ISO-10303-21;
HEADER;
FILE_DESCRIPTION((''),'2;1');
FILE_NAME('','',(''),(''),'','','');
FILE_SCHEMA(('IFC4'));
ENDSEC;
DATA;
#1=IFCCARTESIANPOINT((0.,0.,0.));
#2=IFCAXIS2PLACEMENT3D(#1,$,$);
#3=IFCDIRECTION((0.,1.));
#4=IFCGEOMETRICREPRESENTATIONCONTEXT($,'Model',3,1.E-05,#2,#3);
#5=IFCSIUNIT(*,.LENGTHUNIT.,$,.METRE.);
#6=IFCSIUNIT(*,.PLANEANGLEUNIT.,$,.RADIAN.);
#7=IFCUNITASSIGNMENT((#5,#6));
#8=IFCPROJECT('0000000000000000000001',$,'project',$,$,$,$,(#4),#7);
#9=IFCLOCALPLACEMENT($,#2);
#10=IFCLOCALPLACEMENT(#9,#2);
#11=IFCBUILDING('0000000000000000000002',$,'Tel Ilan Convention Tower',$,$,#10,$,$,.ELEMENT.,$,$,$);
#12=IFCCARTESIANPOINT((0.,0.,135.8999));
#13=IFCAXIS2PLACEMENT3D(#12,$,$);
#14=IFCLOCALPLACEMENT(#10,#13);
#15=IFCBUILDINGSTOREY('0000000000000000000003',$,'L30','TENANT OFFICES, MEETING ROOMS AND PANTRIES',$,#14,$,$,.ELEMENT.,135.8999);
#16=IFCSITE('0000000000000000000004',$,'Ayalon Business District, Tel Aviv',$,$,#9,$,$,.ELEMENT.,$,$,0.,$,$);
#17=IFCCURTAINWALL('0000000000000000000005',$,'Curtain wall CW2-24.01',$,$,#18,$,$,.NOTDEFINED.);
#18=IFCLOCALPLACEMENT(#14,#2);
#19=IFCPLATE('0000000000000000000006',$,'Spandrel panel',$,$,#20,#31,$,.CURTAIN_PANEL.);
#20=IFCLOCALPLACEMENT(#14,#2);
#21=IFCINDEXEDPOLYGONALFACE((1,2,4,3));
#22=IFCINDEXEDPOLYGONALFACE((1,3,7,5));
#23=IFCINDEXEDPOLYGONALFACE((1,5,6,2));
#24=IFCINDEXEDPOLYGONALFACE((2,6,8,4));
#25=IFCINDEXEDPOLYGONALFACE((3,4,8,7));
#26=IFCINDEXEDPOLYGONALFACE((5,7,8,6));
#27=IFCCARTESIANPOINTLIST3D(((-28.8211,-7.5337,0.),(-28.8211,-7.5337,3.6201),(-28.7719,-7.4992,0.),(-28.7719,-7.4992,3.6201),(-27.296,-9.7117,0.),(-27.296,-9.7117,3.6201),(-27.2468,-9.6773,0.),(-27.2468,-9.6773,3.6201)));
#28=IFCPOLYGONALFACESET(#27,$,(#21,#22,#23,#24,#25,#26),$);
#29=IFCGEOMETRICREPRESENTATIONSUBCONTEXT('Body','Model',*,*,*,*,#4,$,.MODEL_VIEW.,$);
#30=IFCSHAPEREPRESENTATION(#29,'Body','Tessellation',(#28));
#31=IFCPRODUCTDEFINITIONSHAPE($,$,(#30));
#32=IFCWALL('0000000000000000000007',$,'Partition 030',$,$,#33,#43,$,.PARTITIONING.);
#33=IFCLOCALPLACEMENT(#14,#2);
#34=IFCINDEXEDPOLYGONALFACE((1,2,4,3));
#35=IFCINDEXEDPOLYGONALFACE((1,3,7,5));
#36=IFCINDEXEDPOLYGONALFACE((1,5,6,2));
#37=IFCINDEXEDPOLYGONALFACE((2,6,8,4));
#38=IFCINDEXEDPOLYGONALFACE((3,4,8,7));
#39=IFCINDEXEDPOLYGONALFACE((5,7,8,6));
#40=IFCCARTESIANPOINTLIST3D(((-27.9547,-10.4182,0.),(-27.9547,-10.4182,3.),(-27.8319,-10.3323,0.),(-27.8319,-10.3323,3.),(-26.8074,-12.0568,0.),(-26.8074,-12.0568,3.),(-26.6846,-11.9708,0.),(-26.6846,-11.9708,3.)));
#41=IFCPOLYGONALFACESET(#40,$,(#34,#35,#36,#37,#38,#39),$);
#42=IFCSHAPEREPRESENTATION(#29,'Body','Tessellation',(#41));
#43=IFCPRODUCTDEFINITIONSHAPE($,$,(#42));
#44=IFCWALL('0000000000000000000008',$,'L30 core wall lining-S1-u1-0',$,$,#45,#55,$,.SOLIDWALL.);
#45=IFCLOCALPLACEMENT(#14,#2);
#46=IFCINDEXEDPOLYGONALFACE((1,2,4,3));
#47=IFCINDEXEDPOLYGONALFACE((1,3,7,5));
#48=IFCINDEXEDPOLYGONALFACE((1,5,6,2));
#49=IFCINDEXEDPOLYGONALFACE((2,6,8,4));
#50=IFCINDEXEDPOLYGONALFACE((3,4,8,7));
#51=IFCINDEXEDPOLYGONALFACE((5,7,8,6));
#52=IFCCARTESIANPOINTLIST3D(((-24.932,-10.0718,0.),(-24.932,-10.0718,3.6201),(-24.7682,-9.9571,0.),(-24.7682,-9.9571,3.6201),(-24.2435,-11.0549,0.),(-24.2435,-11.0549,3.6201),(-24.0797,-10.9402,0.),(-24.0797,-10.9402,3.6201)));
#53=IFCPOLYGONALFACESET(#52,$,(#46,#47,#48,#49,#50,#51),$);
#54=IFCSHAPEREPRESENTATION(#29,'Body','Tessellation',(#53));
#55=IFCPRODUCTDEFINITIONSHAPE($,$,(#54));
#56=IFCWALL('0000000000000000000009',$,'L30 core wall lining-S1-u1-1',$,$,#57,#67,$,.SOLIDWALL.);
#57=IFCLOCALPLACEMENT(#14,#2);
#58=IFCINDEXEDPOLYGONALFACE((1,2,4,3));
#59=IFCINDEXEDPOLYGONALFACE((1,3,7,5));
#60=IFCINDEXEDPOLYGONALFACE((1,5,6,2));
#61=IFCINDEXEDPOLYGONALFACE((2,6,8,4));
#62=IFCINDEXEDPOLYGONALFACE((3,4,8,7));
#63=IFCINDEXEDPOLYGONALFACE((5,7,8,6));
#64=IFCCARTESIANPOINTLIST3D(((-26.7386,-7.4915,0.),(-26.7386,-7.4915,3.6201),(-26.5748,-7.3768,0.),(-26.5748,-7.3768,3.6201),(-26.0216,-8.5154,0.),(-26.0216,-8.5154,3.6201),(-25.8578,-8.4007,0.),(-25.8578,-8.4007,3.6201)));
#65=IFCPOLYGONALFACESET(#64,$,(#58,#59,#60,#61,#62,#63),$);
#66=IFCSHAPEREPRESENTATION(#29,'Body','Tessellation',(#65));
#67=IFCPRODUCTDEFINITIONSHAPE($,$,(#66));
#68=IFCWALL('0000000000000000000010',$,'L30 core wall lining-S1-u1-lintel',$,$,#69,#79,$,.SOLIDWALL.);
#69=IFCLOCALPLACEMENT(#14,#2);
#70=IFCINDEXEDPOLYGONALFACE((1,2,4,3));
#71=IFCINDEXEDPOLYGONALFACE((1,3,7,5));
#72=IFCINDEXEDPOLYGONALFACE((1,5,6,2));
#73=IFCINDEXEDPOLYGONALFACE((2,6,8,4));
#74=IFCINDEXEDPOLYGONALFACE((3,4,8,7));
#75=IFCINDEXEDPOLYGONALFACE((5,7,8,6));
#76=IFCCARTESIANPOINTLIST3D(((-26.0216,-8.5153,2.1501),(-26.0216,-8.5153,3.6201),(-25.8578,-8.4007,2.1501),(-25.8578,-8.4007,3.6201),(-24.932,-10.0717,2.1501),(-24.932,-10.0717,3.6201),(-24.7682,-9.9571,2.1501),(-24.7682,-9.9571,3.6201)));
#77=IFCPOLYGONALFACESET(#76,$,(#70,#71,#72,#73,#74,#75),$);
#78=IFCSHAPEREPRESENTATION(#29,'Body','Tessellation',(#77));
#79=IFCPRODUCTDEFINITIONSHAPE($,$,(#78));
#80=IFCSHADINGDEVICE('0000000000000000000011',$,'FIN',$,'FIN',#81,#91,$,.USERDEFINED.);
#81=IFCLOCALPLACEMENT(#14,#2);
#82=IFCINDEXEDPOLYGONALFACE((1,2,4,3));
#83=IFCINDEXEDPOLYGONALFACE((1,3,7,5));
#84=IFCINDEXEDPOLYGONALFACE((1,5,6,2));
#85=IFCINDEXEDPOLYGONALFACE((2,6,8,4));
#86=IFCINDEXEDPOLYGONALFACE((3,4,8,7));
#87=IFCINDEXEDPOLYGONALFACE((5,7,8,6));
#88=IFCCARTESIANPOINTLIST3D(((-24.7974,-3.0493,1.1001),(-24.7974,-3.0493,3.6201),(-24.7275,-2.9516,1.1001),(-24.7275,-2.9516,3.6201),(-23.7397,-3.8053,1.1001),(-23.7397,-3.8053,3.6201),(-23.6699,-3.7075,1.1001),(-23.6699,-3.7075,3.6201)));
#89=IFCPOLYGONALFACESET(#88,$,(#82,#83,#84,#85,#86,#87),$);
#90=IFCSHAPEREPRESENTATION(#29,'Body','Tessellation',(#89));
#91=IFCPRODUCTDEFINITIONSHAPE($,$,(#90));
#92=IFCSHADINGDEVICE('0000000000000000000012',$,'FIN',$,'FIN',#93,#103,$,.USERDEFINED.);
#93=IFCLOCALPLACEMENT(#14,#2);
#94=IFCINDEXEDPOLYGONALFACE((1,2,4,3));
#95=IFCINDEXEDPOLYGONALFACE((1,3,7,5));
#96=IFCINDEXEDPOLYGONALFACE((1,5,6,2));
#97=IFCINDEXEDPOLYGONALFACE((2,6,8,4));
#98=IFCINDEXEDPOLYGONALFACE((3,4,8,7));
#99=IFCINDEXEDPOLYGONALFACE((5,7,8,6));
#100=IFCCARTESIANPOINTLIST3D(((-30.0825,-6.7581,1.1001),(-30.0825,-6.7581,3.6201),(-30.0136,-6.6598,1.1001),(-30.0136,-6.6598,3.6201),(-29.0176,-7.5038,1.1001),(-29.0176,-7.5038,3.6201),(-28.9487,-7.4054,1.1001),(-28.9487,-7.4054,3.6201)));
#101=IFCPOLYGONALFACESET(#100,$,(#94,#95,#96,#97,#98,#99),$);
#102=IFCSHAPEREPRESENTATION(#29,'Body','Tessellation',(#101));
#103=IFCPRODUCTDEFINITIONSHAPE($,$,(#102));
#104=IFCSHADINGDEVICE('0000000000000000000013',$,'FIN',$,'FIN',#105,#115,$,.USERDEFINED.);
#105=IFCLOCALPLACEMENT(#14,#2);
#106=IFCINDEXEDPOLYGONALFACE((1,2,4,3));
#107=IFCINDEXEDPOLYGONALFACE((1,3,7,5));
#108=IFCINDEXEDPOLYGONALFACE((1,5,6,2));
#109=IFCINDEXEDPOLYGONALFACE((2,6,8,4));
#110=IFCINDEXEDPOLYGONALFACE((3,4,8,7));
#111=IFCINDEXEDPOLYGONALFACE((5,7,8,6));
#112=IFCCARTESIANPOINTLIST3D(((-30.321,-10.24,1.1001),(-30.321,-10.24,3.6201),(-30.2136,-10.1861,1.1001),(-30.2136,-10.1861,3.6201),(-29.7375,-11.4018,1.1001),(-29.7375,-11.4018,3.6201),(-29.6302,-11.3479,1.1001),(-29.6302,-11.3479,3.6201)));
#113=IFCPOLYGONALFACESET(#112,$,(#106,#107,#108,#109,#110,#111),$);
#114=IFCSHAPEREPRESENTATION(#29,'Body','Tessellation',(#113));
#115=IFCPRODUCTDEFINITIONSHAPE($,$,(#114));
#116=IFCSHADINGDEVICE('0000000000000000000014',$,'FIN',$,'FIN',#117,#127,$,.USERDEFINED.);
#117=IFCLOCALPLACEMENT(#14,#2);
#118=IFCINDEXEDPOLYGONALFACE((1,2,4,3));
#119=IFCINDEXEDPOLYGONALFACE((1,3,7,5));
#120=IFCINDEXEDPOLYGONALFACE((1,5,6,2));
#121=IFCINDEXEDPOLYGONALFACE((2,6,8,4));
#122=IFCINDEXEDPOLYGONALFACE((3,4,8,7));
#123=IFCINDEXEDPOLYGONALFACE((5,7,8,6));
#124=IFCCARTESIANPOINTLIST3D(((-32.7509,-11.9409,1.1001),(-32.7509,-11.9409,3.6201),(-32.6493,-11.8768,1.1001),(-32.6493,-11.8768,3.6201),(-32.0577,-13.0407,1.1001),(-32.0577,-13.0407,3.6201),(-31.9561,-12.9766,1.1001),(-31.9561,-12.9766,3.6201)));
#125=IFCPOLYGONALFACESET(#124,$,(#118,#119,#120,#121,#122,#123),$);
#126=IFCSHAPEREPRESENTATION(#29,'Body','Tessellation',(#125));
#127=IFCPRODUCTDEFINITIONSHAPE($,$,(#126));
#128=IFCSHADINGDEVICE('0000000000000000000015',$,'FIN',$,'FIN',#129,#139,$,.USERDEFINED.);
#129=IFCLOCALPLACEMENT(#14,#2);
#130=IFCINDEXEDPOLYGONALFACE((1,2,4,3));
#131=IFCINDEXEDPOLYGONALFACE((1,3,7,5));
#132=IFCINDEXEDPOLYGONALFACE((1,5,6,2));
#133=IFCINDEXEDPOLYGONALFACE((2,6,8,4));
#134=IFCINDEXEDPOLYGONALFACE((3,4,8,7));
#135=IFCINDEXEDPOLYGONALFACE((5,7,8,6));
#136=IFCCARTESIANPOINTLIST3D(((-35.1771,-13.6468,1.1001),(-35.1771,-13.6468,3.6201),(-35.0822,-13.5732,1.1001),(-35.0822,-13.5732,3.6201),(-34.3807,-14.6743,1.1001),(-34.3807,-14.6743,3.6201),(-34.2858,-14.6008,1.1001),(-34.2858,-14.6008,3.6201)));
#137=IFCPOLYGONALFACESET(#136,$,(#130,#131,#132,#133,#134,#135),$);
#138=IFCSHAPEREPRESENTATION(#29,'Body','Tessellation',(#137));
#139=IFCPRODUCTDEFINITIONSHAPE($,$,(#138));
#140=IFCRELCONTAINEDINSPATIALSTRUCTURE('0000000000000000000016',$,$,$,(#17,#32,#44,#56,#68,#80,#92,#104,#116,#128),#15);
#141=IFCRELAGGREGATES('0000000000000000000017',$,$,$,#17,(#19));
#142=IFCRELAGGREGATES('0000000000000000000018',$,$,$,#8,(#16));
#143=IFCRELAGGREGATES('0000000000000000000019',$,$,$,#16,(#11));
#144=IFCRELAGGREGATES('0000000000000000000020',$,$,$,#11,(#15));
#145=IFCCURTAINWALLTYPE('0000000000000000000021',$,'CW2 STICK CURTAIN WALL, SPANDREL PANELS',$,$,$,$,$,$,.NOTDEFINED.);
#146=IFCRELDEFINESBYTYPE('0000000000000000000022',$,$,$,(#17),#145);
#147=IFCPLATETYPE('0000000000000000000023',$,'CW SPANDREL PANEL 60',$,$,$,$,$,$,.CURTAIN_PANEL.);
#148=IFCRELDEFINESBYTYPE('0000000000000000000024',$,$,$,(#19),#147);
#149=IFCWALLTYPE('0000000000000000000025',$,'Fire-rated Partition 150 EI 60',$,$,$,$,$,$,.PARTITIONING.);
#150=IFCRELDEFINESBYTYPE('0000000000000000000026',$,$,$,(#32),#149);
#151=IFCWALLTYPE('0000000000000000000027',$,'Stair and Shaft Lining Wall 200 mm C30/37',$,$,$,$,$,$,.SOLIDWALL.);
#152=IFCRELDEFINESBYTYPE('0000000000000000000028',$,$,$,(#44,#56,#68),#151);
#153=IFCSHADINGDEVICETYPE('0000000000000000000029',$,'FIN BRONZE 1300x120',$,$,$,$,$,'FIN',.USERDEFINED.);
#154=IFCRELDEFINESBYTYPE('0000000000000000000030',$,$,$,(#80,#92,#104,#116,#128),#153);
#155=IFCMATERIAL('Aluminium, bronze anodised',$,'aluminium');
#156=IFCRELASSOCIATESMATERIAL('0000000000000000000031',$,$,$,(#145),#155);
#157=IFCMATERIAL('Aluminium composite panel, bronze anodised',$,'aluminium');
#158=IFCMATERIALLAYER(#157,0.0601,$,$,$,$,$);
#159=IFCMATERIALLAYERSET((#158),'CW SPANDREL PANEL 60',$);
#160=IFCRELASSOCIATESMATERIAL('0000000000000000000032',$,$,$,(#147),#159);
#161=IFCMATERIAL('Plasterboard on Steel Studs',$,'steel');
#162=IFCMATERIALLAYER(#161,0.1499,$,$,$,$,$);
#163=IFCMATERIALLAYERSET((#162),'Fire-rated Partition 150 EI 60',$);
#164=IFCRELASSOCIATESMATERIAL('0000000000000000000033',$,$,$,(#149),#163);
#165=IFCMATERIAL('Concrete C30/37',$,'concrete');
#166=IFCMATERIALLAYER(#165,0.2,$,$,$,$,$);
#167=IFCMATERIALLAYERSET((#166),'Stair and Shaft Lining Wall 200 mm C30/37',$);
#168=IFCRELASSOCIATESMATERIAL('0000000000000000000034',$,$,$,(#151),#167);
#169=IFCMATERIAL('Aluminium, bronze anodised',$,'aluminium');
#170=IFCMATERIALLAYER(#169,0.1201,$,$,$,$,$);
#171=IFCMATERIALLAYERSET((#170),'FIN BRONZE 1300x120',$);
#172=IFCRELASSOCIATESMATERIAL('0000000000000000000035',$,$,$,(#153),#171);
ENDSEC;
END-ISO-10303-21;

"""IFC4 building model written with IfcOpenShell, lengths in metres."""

from ifc_helpers import new_model, si_unit, direction, frame, frame_2d, origin, origin_2d, place, context, subcontext, project, spatial, rectangle, extrude, material, layer, layer_set, type_object, element, aggregate, save


model = new_model("IFC4")

# Units and contexts
model_context = context("Model", 3, precision=1e-05, world=origin(), true_north=direction((0.0, 1.0)))
body_context = subcontext(model_context, "Body", "Model", "MODEL_VIEW")
ifc_project = project(units=[si_unit("LENGTHUNIT", "METRE"), si_unit("PLANEANGLEUNIT", "RADIAN")], contexts=[model_context])

# Site, building, storey
site_placement = place(None, origin())
site = spatial("IfcSite", under=ifc_project, at=site_placement, Name="Ayalon Business District, Tel Aviv", CompositionType="ELEMENT", RefElevation=0.0)
building_placement = place(site_placement, origin())
building = spatial("IfcBuilding", under=site, at=building_placement, Name="Tel Ilan Convention Tower", CompositionType="ELEMENT")
storey_placement = place(building_placement, frame((0.0, 0.0, 135.8999)))
storey = spatial("IfcBuildingStorey", under=building, at=storey_placement, Name="L30", Description="TENANT OFFICES, MEETING ROOMS AND PANTRIES", CompositionType="ELEMENT", Elevation=135.8999)

# Curtain wall
ifc_material_1 = material(Name="Aluminium, bronze anodised", Category="aluminium")
curtain_wall_type_1 = type_object("IfcCurtainWallType", Name="CW2 STICK CURTAIN WALL, SPANDREL PANELS", PredefinedType="NOTDEFINED", material=ifc_material_1)
curtain_wall_1_placement = place(storey_placement, origin())
curtain_wall_1 = element("IfcCurtainWall", 1, at=curtain_wall_1_placement, inside=storey, type_object=curtain_wall_type_1, Name="Curtain wall CW2-24.01", PredefinedType="NOTDEFINED")

# Plate
ifc_material_2 = material(Name="Aluminium composite panel, bronze anodised", Category="aluminium")
ifc_layer_1 = layer(ifc_material_2, 0.0601)
ifc_layer_set_1 = layer_set([ifc_layer_1], Name="CW SPANDREL PANEL 60")
plate_type_1 = type_object("IfcPlateType", Name="CW SPANDREL PANEL 60", PredefinedType="CURTAIN_PANEL", material=ifc_layer_set_1)
plate_1_placement = place(storey_placement, frame((-28.0339, -8.6055, 0.0), z_axis=(0.0, 0.0, 1.0), x_axis=(0.573576, -0.819152, 0.0)))
plate_1 = element("IfcPlate", 2, at=plate_1_placement, type_object=plate_type_1, Name="Spandrel panel", PredefinedType="CURTAIN_PANEL", context=body_context, shape_type="SweptSolid", body=[
    extrude(rectangle(XDim=2.6589, YDim=0.0601, at=origin_2d()), origin(), (0.0, 0.0, 1.0), 3.6201),
])
aggregate(curtain_wall_1, [plate_1])

# Walls
ifc_material_3 = material(Name="Plasterboard on Steel Studs", Category="steel")
ifc_layer_2 = layer(ifc_material_3, 0.1499)
ifc_layer_set_2 = layer_set([ifc_layer_2], Name="Fire-rated Partition 150 EI 60")
wall_type_1 = type_object("IfcWallType", Name="Fire-rated Partition 150 EI 60", PredefinedType="PARTITIONING", material=ifc_layer_set_2)
wall_1_placement = place(storey_placement, frame((-26.7461, -12.0137, 0.0), z_axis=(0.0, 0.0, 1.0), x_axis=(-0.573569, 0.819157, 0.0)))
element("IfcWall", 3, at=wall_1_placement, inside=storey, type_object=wall_type_1, Name="Partition 030", PredefinedType="PARTITIONING", context=body_context, shape_type="SweptSolid", body=[
    extrude(rectangle(XDim=2.0002, YDim=0.1499, at=frame_2d((1.0, 0.0))), origin(), (0.0, 0.0, 1.0), 3.0),
])
ifc_material_4 = material(Name="Concrete C30/37", Category="concrete")
ifc_layer_3 = layer(ifc_material_4, 0.2)
ifc_layer_set_3 = layer_set([ifc_layer_3], Name="Stair and Shaft Lining Wall 200 mm C30/37")
wall_type_2 = type_object("IfcWallType", Name="Stair and Shaft Lining Wall 200 mm C30/37", PredefinedType="SOLIDWALL", material=ifc_layer_set_3)
wall_2_placement = place(storey_placement, frame((-24.1616, -10.9976, 0.0), z_axis=(0.0, 0.0, 1.0), x_axis=(-0.573613, 0.819127, 0.0)))
element("IfcWall", 4, at=wall_2_placement, inside=storey, type_object=wall_type_2, Name="L30 core wall lining-S1-u1-0", PredefinedType="SOLIDWALL", context=body_context, shape_type="SweptSolid", body=[
    extrude(rectangle(XDim=1.2002, YDim=0.2, at=frame_2d((0.6001, 0.0))), origin(), (0.0, 0.0, 1.0), 3.6201),
])
wall_3_placement = place(storey_placement, frame((-25.9397, -8.458, 0.0), z_axis=(0.0, 0.0, 1.0), x_axis=(-0.57362, 0.819122, 0.0)))
element("IfcWall", 5, at=wall_3_placement, inside=storey, type_object=wall_type_2, Name="L30 core wall lining-S1-u1-1", PredefinedType="SOLIDWALL", context=body_context, shape_type="SweptSolid", body=[
    extrude(rectangle(XDim=1.25, YDim=0.2, at=frame_2d((0.625, 0.0))), origin(), (0.0, 0.0, 1.0), 3.6201),
])
wall_4_placement = place(storey_placement, frame((-24.8501, -10.0144, 2.1501), z_axis=(0.0, 0.0, 1.0), x_axis=(-0.573505, 0.819202, 0.0)))
element("IfcWall", 6, at=wall_4_placement, inside=storey, type_object=wall_type_2, Name="L30 core wall lining-S1-u1-lintel", PredefinedType="SOLIDWALL", context=body_context, shape_type="SweptSolid", body=[
    extrude(rectangle(XDim=1.8999, YDim=0.2, at=frame_2d((0.95, 0.0))), origin(), (0.0, 0.0, 1.0), 1.47),
])

# Shading devices
ifc_material_5 = material(Name="Aluminium, bronze anodised", Category="aluminium")
ifc_layer_4 = layer(ifc_material_5, 0.1201)
ifc_layer_set_4 = layer_set([ifc_layer_4], Name="FIN BRONZE 1300x120")
shading_device_type = type_object("IfcShadingDeviceType", Name="FIN BRONZE 1300x120", ElementType="FIN", PredefinedType="USERDEFINED", material=ifc_layer_set_4)
for number, where, z_axis, x_axis, name in (
    (7, (-24.2336, -3.3784, 1.1001), (0.0, 0.0, 1.0), (-0.813552, 0.581492, 0.0), "FIN"),
    (8, (-29.5156, -7.0818, 1.1001), (0.0, 0.0, 1.0), (-0.819152, 0.573576, 0.0), "FIN"),
    (9, (-29.9756, -10.7939, 1.1001), (0.0, 0.0, 1.0), (-0.448799, 0.893633, 0.0), "FIN"),
    (10, (-32.3535, -12.4587, 1.1001), (0.0, 0.0, 1.0), (-0.533204, 0.845986, 0.0), "FIN"),
    (11, (-34.7314, -14.1238, 1.1001), (0.0, 0.0, 1.0), (-0.612601, 0.790393, 0.0), "FIN"),
):
    element("IfcShadingDevice", number, at=place(storey_placement, frame(where, z_axis=z_axis, x_axis=x_axis)), inside=storey, type_object=shading_device_type, Name=name, ObjectType="FIN", PredefinedType="USERDEFINED", context=body_context, shape_type="SweptSolid", body=[
        extrude(rectangle(XDim=1.3, YDim=0.1201, at=origin_2d()), origin(), (0.0, 0.0, 1.0), 2.52),
    ])

save(model, "model.ifc")
